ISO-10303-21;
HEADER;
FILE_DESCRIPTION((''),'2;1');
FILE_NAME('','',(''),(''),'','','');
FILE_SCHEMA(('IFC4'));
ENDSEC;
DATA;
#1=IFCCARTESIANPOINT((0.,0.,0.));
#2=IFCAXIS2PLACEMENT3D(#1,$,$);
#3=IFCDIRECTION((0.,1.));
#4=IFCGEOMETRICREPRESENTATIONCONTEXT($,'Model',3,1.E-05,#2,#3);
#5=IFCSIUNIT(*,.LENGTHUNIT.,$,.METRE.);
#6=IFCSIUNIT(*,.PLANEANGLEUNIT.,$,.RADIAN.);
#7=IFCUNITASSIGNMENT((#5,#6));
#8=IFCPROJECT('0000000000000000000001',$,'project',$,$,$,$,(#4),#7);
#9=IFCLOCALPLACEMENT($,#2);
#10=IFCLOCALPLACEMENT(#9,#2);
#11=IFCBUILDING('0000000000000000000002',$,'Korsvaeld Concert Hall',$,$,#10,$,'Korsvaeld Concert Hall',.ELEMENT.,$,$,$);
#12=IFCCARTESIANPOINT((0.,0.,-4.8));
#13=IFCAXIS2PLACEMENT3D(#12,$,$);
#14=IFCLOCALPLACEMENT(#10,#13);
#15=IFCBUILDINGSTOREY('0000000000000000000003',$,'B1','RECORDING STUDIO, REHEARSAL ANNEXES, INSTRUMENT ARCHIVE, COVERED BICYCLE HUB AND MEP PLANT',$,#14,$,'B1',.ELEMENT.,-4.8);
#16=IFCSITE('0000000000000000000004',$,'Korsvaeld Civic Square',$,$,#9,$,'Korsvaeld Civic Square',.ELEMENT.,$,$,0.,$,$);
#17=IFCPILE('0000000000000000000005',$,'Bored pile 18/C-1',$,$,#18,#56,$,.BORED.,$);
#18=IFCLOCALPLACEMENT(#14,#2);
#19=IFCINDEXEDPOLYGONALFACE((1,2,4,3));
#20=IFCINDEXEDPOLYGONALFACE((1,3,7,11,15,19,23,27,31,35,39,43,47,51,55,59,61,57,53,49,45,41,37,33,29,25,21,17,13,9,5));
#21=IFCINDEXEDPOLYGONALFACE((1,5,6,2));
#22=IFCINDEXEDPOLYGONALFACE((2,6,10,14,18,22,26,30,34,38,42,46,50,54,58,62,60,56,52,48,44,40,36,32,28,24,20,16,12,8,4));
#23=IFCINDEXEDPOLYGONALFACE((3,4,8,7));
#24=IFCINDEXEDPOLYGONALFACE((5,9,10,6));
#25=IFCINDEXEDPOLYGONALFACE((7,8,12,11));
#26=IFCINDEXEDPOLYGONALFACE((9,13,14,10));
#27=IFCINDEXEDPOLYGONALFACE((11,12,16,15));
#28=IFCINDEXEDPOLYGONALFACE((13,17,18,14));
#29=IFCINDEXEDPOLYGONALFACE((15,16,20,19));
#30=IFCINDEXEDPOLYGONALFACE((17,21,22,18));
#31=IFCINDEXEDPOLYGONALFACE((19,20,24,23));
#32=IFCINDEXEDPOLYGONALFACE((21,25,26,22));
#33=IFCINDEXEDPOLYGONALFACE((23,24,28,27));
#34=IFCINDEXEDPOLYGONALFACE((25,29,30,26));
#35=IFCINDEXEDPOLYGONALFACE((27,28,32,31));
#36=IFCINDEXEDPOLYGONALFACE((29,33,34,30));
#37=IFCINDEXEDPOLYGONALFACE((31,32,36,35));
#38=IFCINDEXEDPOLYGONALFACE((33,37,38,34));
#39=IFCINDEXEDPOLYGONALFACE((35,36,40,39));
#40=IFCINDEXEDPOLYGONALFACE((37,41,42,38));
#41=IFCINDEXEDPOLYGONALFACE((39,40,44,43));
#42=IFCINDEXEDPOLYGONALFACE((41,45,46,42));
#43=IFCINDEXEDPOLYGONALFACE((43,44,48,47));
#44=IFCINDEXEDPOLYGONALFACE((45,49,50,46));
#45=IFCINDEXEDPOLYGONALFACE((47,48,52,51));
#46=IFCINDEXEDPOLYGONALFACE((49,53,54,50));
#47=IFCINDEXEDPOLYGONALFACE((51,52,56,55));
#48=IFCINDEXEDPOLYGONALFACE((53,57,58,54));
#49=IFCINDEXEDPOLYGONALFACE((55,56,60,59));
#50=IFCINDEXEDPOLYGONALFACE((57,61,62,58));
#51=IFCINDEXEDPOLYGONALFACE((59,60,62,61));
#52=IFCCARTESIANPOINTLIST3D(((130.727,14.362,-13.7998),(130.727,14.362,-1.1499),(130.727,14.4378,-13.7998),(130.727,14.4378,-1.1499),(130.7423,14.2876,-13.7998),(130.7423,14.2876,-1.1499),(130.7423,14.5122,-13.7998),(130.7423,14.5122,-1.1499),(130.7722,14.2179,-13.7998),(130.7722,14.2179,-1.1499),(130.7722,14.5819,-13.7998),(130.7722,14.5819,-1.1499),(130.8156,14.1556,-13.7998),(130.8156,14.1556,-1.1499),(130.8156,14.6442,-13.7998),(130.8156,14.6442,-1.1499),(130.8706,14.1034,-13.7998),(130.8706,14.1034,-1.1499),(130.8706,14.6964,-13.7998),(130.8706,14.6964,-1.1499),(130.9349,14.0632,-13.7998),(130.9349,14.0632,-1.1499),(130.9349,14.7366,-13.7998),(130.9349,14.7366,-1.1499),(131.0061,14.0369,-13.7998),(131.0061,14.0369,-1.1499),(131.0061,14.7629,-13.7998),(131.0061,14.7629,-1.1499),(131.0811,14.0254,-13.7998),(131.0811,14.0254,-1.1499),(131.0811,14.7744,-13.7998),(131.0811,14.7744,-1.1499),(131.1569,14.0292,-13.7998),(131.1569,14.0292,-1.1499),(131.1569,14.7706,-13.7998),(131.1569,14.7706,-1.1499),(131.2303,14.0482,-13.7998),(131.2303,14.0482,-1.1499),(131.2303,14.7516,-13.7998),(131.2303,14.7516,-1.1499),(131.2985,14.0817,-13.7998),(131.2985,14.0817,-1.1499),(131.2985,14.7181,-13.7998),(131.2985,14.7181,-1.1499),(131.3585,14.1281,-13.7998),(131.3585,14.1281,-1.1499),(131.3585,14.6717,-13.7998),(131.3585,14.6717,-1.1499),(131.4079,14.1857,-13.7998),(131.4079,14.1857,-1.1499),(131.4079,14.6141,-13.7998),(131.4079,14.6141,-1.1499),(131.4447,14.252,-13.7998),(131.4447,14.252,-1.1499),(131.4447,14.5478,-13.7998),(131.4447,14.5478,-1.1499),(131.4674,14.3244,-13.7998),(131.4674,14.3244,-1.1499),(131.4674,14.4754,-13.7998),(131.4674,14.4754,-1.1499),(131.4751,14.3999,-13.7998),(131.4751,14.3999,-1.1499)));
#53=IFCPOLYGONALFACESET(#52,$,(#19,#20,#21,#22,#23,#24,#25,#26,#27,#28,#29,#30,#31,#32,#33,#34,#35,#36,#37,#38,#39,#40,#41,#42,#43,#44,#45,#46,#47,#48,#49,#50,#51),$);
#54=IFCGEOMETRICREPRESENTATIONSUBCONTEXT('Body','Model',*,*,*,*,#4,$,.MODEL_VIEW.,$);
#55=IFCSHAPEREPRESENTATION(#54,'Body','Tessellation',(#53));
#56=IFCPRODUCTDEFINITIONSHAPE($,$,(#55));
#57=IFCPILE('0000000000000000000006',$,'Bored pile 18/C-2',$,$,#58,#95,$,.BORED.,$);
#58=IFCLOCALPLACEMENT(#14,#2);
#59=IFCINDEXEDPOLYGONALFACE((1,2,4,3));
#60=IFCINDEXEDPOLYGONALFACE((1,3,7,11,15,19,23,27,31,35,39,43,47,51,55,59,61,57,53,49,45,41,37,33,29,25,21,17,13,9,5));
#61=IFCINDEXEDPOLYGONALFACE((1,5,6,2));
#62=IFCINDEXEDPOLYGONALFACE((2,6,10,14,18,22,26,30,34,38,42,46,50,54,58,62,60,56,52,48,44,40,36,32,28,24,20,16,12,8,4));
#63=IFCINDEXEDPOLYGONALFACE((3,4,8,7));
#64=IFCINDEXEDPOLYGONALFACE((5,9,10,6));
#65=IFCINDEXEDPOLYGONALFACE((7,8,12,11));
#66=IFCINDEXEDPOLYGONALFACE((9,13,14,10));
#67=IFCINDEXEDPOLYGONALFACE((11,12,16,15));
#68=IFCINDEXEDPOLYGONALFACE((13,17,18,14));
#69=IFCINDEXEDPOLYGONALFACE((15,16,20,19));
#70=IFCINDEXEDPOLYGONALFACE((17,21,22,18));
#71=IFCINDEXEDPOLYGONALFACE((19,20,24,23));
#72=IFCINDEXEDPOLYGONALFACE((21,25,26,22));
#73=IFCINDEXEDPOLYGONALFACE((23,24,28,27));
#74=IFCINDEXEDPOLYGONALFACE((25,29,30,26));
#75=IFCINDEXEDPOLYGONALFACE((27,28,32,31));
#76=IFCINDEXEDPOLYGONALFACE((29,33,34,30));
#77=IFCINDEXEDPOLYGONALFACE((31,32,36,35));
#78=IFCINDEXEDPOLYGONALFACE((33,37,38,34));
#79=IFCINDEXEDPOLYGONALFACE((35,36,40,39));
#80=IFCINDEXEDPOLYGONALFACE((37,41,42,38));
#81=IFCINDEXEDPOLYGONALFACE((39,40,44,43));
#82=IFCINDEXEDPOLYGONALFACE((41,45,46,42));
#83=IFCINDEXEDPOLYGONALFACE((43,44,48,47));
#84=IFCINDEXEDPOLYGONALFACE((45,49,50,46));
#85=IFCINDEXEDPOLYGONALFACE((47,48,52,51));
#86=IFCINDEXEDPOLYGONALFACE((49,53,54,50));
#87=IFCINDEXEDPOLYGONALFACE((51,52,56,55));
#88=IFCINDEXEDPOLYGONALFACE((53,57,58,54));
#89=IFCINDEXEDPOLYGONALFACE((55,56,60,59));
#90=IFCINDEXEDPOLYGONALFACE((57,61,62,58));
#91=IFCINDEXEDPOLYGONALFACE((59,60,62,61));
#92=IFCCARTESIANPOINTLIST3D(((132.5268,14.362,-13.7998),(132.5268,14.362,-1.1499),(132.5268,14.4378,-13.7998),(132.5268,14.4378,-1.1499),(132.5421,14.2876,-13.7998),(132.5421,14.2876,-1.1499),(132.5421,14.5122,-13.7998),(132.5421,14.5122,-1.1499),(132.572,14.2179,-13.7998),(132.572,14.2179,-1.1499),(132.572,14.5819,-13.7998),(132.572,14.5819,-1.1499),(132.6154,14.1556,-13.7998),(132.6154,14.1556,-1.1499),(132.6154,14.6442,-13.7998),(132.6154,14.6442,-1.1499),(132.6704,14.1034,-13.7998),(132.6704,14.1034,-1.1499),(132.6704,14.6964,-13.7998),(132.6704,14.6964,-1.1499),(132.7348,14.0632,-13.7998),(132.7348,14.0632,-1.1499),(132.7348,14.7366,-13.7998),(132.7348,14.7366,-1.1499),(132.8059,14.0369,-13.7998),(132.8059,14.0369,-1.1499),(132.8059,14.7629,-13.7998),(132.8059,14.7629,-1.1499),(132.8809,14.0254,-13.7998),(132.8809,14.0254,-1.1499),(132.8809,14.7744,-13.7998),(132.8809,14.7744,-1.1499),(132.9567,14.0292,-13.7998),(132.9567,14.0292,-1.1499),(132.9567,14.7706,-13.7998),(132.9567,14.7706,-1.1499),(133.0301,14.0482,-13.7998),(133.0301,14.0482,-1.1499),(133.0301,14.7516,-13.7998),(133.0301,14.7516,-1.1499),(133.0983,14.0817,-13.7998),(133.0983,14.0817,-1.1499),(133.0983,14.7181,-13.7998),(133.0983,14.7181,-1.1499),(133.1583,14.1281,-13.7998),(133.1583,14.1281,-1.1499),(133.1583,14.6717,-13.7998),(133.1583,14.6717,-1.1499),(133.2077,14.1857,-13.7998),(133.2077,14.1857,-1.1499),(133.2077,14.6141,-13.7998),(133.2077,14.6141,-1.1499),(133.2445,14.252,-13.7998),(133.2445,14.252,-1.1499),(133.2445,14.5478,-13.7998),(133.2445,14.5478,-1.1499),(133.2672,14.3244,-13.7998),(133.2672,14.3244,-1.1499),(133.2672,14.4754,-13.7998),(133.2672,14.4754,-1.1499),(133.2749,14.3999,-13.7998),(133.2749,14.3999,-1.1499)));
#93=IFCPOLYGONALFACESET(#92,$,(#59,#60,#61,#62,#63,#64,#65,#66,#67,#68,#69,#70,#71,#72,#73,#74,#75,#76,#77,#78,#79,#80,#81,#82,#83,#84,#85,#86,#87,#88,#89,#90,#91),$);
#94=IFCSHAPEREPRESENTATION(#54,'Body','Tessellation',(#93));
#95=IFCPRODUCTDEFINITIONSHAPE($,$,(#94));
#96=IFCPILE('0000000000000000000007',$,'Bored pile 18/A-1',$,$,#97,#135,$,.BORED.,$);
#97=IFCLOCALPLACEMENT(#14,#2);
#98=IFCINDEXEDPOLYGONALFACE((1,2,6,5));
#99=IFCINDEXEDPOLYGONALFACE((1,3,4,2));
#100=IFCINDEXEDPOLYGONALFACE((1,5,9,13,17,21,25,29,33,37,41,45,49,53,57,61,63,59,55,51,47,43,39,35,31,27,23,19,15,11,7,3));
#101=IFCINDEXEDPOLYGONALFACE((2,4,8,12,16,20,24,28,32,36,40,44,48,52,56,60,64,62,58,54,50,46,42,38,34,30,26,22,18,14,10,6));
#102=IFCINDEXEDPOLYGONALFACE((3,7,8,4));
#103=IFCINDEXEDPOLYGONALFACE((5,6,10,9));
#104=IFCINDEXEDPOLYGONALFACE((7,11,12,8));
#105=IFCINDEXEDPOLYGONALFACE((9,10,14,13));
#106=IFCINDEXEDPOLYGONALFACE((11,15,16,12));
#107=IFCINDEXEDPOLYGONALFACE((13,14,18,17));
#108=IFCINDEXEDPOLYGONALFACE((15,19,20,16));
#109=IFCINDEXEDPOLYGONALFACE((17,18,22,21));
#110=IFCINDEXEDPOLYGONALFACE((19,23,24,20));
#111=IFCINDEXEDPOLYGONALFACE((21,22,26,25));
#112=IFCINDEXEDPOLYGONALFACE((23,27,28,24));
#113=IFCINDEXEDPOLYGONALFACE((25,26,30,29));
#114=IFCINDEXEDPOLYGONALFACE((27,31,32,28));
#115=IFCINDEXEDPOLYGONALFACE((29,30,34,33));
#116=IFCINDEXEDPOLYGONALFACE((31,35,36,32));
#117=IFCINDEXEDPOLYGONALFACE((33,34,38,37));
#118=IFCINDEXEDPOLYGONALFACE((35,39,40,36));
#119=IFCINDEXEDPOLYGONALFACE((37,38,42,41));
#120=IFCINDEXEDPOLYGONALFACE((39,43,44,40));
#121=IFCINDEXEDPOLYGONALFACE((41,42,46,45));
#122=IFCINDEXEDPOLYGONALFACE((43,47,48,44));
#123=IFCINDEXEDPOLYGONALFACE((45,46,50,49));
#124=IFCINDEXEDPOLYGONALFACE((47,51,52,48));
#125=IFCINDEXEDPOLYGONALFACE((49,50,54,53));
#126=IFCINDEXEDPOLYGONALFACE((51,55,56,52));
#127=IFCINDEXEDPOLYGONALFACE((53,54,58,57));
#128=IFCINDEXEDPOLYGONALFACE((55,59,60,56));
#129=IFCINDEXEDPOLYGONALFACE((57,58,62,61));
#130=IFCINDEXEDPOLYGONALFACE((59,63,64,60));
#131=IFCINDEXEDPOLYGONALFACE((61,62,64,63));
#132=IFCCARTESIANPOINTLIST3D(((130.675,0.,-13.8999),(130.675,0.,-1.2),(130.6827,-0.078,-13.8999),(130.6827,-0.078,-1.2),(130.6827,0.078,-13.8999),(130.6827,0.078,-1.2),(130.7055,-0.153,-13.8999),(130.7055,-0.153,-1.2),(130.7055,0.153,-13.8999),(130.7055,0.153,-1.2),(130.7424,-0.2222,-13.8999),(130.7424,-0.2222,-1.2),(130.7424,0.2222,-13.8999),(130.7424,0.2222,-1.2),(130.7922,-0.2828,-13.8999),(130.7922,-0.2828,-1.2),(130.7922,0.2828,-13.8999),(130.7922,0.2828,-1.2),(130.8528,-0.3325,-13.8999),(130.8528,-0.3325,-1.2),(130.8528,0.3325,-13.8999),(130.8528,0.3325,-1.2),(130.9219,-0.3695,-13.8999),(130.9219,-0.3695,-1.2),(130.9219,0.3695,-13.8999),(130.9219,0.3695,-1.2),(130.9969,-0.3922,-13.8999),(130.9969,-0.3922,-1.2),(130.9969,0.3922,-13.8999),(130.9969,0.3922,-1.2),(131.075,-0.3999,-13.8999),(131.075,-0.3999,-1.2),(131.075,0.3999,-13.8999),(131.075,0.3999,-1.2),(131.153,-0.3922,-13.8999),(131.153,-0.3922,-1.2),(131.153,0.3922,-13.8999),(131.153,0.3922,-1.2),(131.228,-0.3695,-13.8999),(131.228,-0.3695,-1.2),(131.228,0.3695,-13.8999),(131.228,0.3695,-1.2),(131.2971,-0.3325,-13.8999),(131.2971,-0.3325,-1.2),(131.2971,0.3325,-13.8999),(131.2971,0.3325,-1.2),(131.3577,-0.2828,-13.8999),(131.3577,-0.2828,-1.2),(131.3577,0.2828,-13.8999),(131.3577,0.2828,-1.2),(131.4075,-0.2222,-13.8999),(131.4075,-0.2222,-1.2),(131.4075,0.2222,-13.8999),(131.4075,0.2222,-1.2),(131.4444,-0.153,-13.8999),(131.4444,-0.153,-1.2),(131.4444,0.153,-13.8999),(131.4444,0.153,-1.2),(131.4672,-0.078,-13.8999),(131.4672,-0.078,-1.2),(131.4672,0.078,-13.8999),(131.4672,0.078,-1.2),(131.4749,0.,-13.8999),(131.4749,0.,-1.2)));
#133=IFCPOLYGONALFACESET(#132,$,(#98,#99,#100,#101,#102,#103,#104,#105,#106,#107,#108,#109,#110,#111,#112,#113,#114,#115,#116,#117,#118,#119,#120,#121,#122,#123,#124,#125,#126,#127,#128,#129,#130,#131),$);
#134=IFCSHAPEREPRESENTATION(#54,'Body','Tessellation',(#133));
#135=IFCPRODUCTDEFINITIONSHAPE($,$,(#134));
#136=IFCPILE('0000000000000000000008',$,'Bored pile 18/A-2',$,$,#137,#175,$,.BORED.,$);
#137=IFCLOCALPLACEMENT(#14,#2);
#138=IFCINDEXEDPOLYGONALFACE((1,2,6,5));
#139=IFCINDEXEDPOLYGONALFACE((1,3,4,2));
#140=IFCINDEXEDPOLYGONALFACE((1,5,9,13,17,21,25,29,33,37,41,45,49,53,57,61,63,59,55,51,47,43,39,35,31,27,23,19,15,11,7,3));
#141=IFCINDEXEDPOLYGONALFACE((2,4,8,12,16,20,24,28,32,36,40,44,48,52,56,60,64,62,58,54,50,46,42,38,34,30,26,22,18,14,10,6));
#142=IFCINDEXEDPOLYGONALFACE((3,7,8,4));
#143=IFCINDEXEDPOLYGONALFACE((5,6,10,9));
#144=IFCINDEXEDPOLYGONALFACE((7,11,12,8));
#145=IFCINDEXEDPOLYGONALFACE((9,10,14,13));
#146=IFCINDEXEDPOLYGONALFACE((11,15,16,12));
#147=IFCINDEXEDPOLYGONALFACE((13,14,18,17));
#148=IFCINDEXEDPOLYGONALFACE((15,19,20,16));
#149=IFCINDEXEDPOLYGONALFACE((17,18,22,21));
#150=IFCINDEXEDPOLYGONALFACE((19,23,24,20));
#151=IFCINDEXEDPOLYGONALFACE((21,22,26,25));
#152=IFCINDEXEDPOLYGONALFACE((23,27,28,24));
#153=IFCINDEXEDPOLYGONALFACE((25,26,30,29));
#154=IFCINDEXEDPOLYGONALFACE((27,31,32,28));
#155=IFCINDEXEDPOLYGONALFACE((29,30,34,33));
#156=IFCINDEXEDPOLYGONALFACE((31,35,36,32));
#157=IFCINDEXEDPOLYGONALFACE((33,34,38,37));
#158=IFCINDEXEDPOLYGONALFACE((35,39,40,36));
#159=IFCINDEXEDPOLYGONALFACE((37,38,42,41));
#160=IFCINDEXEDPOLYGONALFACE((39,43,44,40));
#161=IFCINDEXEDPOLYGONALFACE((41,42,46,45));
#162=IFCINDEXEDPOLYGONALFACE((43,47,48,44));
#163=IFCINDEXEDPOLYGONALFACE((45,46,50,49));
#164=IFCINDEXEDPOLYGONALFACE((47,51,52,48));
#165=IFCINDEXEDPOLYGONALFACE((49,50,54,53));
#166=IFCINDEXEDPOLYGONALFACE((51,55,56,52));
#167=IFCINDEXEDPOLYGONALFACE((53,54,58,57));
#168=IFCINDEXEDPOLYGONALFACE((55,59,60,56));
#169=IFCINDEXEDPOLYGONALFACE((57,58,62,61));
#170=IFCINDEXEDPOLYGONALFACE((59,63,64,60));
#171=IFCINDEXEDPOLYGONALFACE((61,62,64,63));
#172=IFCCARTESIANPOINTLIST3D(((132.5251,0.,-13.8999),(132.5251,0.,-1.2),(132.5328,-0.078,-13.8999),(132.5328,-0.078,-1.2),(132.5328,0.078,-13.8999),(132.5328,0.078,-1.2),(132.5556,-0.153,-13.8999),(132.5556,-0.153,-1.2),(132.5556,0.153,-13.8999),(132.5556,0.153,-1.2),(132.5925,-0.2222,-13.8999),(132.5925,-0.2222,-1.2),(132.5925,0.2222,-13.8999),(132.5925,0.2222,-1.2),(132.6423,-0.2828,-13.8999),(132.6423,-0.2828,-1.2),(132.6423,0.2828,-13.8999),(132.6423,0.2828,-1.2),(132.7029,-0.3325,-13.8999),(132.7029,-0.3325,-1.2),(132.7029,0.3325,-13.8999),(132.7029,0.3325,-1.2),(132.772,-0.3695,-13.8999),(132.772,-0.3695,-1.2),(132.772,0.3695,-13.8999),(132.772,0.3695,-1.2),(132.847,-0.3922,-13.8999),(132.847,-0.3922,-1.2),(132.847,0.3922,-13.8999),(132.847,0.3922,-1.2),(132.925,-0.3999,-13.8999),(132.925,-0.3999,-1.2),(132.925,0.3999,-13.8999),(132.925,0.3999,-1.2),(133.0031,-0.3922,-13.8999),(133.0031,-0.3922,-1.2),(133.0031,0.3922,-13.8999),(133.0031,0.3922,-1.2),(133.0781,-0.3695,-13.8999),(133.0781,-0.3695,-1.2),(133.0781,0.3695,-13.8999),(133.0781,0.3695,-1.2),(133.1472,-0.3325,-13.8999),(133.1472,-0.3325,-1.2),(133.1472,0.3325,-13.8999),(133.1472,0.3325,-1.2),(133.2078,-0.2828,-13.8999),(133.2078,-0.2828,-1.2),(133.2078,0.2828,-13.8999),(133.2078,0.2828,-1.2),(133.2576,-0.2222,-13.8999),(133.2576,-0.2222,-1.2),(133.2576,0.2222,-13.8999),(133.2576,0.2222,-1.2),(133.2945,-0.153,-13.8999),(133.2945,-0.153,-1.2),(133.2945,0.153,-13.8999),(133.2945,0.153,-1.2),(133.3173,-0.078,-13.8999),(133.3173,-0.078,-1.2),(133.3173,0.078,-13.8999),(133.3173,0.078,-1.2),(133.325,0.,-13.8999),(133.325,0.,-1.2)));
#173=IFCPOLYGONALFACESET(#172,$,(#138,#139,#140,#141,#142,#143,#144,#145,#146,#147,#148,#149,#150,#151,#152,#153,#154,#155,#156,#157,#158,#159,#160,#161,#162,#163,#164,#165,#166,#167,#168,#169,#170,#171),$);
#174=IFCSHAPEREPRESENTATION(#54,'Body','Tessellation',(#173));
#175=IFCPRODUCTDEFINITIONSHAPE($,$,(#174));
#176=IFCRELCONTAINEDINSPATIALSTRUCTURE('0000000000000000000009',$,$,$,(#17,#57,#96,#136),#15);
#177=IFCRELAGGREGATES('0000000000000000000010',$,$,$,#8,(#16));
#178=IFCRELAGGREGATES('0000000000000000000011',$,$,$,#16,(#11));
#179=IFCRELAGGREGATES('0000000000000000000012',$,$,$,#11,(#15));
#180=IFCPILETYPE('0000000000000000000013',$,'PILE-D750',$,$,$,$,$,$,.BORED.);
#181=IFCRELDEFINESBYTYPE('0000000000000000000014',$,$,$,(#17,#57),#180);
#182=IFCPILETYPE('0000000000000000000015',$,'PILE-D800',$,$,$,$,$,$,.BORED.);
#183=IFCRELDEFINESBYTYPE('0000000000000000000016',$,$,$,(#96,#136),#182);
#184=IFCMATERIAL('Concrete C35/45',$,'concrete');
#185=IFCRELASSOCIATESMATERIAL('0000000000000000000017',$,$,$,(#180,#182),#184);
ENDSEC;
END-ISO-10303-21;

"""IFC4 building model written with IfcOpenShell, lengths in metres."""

from ifc_helpers import new_model, si_unit, direction, frame, origin, origin_2d, place, context, subcontext, project, spatial, circle, extrude, material, material_profile, profile_set, type_object, element, save


model = new_model("IFC4")

# Units and contexts
model_context = context("Model", 3, precision=1e-05, world=origin(), true_north=direction((0.0, 1.0)))
body_context = subcontext(model_context, "Body", "Model", "MODEL_VIEW")
ifc_project = project(units=[si_unit("LENGTHUNIT", "METRE"), si_unit("PLANEANGLEUNIT", "RADIAN")], contexts=[model_context])

# Site, building, storey
site_placement = place(None, origin())
site = spatial("IfcSite", under=ifc_project, at=site_placement, Name="Korsvaeld Civic Square", LongName="Korsvaeld Civic Square", CompositionType="ELEMENT", RefElevation=0.0)
building_placement = place(site_placement, origin())
building = spatial("IfcBuilding", under=site, at=building_placement, Name="Korsvaeld Concert Hall", LongName="Korsvaeld Concert Hall", CompositionType="ELEMENT")
storey_placement = place(building_placement, frame((0.0, 0.0, -4.8)))
storey = spatial("IfcBuildingStorey", under=building, at=storey_placement, Name="B1", Description="RECORDING STUDIO, REHEARSAL ANNEXES, INSTRUMENT ARCHIVE, COVERED BICYCLE HUB AND MEP PLANT", LongName="B1", CompositionType="ELEMENT", Elevation=-4.8)

# Shared definitions
ifc_material_1 = material(Name="Concrete C35/45", Category="concrete")

# Piles
ifc_material_profile_1 = material_profile(ifc_material_1, circle(Radius=0.375, at=origin_2d()), Name="BORED PILE D750")
ifc_profile_set_1 = profile_set([ifc_material_profile_1], Name="Concrete C35/45")
pile_type_1 = type_object("IfcPileType", Name="PILE-D750", PredefinedType="BORED", material=ifc_profile_set_1)
for number, where, z_axis, x_axis, name in (
    (1, (131.1001, 14.3999, -1.1499), (0.0, 0.0, -1.0), (1.0, 0.0, 0.0), "Bored pile 18/C-1"),
    (2, (132.8999, 14.3999, -1.1499), (0.0, 0.0, -1.0), (1.0, 0.0, 0.0), "Bored pile 18/C-2"),
):
    element("IfcPile", number, at=place(storey_placement, frame(where, z_axis=z_axis, x_axis=x_axis)), inside=storey, type_object=pile_type_1, Name=name, PredefinedType="BORED", context=body_context, shape_type="SweptSolid", body=[
        extrude(circle(Radius=0.375, at=origin_2d()), origin(), (0.0, 0.0, 1.0), 12.6499),
    ])
ifc_material_profile_2 = material_profile(ifc_material_1, circle(Radius=0.3999, at=origin_2d()), Name="BORED PILE D800")
ifc_profile_set_2 = profile_set([ifc_material_profile_2], Name="Concrete C35/45")
pile_type_2 = type_object("IfcPileType", Name="PILE-D800", PredefinedType="BORED", material=ifc_profile_set_2)
for number, where, z_axis, x_axis, name in (
    (3, (131.075, 0.0, -1.2), (0.0, 0.0, -1.0), (1.0, 0.0, 0.0), "Bored pile 18/A-1"),
    (4, (132.925, 0.0, -1.2), (0.0, 0.0, -1.0), (1.0, 0.0, 0.0), "Bored pile 18/A-2"),
):
    element("IfcPile", number, at=place(storey_placement, frame(where, z_axis=z_axis, x_axis=x_axis)), inside=storey, type_object=pile_type_2, Name=name, PredefinedType="BORED", context=body_context, shape_type="SweptSolid", body=[
        extrude(circle(Radius=0.3999, at=origin_2d()), origin(), (0.0, 0.0, 1.0), 12.7),
    ])

save(model, "model.ifc")
